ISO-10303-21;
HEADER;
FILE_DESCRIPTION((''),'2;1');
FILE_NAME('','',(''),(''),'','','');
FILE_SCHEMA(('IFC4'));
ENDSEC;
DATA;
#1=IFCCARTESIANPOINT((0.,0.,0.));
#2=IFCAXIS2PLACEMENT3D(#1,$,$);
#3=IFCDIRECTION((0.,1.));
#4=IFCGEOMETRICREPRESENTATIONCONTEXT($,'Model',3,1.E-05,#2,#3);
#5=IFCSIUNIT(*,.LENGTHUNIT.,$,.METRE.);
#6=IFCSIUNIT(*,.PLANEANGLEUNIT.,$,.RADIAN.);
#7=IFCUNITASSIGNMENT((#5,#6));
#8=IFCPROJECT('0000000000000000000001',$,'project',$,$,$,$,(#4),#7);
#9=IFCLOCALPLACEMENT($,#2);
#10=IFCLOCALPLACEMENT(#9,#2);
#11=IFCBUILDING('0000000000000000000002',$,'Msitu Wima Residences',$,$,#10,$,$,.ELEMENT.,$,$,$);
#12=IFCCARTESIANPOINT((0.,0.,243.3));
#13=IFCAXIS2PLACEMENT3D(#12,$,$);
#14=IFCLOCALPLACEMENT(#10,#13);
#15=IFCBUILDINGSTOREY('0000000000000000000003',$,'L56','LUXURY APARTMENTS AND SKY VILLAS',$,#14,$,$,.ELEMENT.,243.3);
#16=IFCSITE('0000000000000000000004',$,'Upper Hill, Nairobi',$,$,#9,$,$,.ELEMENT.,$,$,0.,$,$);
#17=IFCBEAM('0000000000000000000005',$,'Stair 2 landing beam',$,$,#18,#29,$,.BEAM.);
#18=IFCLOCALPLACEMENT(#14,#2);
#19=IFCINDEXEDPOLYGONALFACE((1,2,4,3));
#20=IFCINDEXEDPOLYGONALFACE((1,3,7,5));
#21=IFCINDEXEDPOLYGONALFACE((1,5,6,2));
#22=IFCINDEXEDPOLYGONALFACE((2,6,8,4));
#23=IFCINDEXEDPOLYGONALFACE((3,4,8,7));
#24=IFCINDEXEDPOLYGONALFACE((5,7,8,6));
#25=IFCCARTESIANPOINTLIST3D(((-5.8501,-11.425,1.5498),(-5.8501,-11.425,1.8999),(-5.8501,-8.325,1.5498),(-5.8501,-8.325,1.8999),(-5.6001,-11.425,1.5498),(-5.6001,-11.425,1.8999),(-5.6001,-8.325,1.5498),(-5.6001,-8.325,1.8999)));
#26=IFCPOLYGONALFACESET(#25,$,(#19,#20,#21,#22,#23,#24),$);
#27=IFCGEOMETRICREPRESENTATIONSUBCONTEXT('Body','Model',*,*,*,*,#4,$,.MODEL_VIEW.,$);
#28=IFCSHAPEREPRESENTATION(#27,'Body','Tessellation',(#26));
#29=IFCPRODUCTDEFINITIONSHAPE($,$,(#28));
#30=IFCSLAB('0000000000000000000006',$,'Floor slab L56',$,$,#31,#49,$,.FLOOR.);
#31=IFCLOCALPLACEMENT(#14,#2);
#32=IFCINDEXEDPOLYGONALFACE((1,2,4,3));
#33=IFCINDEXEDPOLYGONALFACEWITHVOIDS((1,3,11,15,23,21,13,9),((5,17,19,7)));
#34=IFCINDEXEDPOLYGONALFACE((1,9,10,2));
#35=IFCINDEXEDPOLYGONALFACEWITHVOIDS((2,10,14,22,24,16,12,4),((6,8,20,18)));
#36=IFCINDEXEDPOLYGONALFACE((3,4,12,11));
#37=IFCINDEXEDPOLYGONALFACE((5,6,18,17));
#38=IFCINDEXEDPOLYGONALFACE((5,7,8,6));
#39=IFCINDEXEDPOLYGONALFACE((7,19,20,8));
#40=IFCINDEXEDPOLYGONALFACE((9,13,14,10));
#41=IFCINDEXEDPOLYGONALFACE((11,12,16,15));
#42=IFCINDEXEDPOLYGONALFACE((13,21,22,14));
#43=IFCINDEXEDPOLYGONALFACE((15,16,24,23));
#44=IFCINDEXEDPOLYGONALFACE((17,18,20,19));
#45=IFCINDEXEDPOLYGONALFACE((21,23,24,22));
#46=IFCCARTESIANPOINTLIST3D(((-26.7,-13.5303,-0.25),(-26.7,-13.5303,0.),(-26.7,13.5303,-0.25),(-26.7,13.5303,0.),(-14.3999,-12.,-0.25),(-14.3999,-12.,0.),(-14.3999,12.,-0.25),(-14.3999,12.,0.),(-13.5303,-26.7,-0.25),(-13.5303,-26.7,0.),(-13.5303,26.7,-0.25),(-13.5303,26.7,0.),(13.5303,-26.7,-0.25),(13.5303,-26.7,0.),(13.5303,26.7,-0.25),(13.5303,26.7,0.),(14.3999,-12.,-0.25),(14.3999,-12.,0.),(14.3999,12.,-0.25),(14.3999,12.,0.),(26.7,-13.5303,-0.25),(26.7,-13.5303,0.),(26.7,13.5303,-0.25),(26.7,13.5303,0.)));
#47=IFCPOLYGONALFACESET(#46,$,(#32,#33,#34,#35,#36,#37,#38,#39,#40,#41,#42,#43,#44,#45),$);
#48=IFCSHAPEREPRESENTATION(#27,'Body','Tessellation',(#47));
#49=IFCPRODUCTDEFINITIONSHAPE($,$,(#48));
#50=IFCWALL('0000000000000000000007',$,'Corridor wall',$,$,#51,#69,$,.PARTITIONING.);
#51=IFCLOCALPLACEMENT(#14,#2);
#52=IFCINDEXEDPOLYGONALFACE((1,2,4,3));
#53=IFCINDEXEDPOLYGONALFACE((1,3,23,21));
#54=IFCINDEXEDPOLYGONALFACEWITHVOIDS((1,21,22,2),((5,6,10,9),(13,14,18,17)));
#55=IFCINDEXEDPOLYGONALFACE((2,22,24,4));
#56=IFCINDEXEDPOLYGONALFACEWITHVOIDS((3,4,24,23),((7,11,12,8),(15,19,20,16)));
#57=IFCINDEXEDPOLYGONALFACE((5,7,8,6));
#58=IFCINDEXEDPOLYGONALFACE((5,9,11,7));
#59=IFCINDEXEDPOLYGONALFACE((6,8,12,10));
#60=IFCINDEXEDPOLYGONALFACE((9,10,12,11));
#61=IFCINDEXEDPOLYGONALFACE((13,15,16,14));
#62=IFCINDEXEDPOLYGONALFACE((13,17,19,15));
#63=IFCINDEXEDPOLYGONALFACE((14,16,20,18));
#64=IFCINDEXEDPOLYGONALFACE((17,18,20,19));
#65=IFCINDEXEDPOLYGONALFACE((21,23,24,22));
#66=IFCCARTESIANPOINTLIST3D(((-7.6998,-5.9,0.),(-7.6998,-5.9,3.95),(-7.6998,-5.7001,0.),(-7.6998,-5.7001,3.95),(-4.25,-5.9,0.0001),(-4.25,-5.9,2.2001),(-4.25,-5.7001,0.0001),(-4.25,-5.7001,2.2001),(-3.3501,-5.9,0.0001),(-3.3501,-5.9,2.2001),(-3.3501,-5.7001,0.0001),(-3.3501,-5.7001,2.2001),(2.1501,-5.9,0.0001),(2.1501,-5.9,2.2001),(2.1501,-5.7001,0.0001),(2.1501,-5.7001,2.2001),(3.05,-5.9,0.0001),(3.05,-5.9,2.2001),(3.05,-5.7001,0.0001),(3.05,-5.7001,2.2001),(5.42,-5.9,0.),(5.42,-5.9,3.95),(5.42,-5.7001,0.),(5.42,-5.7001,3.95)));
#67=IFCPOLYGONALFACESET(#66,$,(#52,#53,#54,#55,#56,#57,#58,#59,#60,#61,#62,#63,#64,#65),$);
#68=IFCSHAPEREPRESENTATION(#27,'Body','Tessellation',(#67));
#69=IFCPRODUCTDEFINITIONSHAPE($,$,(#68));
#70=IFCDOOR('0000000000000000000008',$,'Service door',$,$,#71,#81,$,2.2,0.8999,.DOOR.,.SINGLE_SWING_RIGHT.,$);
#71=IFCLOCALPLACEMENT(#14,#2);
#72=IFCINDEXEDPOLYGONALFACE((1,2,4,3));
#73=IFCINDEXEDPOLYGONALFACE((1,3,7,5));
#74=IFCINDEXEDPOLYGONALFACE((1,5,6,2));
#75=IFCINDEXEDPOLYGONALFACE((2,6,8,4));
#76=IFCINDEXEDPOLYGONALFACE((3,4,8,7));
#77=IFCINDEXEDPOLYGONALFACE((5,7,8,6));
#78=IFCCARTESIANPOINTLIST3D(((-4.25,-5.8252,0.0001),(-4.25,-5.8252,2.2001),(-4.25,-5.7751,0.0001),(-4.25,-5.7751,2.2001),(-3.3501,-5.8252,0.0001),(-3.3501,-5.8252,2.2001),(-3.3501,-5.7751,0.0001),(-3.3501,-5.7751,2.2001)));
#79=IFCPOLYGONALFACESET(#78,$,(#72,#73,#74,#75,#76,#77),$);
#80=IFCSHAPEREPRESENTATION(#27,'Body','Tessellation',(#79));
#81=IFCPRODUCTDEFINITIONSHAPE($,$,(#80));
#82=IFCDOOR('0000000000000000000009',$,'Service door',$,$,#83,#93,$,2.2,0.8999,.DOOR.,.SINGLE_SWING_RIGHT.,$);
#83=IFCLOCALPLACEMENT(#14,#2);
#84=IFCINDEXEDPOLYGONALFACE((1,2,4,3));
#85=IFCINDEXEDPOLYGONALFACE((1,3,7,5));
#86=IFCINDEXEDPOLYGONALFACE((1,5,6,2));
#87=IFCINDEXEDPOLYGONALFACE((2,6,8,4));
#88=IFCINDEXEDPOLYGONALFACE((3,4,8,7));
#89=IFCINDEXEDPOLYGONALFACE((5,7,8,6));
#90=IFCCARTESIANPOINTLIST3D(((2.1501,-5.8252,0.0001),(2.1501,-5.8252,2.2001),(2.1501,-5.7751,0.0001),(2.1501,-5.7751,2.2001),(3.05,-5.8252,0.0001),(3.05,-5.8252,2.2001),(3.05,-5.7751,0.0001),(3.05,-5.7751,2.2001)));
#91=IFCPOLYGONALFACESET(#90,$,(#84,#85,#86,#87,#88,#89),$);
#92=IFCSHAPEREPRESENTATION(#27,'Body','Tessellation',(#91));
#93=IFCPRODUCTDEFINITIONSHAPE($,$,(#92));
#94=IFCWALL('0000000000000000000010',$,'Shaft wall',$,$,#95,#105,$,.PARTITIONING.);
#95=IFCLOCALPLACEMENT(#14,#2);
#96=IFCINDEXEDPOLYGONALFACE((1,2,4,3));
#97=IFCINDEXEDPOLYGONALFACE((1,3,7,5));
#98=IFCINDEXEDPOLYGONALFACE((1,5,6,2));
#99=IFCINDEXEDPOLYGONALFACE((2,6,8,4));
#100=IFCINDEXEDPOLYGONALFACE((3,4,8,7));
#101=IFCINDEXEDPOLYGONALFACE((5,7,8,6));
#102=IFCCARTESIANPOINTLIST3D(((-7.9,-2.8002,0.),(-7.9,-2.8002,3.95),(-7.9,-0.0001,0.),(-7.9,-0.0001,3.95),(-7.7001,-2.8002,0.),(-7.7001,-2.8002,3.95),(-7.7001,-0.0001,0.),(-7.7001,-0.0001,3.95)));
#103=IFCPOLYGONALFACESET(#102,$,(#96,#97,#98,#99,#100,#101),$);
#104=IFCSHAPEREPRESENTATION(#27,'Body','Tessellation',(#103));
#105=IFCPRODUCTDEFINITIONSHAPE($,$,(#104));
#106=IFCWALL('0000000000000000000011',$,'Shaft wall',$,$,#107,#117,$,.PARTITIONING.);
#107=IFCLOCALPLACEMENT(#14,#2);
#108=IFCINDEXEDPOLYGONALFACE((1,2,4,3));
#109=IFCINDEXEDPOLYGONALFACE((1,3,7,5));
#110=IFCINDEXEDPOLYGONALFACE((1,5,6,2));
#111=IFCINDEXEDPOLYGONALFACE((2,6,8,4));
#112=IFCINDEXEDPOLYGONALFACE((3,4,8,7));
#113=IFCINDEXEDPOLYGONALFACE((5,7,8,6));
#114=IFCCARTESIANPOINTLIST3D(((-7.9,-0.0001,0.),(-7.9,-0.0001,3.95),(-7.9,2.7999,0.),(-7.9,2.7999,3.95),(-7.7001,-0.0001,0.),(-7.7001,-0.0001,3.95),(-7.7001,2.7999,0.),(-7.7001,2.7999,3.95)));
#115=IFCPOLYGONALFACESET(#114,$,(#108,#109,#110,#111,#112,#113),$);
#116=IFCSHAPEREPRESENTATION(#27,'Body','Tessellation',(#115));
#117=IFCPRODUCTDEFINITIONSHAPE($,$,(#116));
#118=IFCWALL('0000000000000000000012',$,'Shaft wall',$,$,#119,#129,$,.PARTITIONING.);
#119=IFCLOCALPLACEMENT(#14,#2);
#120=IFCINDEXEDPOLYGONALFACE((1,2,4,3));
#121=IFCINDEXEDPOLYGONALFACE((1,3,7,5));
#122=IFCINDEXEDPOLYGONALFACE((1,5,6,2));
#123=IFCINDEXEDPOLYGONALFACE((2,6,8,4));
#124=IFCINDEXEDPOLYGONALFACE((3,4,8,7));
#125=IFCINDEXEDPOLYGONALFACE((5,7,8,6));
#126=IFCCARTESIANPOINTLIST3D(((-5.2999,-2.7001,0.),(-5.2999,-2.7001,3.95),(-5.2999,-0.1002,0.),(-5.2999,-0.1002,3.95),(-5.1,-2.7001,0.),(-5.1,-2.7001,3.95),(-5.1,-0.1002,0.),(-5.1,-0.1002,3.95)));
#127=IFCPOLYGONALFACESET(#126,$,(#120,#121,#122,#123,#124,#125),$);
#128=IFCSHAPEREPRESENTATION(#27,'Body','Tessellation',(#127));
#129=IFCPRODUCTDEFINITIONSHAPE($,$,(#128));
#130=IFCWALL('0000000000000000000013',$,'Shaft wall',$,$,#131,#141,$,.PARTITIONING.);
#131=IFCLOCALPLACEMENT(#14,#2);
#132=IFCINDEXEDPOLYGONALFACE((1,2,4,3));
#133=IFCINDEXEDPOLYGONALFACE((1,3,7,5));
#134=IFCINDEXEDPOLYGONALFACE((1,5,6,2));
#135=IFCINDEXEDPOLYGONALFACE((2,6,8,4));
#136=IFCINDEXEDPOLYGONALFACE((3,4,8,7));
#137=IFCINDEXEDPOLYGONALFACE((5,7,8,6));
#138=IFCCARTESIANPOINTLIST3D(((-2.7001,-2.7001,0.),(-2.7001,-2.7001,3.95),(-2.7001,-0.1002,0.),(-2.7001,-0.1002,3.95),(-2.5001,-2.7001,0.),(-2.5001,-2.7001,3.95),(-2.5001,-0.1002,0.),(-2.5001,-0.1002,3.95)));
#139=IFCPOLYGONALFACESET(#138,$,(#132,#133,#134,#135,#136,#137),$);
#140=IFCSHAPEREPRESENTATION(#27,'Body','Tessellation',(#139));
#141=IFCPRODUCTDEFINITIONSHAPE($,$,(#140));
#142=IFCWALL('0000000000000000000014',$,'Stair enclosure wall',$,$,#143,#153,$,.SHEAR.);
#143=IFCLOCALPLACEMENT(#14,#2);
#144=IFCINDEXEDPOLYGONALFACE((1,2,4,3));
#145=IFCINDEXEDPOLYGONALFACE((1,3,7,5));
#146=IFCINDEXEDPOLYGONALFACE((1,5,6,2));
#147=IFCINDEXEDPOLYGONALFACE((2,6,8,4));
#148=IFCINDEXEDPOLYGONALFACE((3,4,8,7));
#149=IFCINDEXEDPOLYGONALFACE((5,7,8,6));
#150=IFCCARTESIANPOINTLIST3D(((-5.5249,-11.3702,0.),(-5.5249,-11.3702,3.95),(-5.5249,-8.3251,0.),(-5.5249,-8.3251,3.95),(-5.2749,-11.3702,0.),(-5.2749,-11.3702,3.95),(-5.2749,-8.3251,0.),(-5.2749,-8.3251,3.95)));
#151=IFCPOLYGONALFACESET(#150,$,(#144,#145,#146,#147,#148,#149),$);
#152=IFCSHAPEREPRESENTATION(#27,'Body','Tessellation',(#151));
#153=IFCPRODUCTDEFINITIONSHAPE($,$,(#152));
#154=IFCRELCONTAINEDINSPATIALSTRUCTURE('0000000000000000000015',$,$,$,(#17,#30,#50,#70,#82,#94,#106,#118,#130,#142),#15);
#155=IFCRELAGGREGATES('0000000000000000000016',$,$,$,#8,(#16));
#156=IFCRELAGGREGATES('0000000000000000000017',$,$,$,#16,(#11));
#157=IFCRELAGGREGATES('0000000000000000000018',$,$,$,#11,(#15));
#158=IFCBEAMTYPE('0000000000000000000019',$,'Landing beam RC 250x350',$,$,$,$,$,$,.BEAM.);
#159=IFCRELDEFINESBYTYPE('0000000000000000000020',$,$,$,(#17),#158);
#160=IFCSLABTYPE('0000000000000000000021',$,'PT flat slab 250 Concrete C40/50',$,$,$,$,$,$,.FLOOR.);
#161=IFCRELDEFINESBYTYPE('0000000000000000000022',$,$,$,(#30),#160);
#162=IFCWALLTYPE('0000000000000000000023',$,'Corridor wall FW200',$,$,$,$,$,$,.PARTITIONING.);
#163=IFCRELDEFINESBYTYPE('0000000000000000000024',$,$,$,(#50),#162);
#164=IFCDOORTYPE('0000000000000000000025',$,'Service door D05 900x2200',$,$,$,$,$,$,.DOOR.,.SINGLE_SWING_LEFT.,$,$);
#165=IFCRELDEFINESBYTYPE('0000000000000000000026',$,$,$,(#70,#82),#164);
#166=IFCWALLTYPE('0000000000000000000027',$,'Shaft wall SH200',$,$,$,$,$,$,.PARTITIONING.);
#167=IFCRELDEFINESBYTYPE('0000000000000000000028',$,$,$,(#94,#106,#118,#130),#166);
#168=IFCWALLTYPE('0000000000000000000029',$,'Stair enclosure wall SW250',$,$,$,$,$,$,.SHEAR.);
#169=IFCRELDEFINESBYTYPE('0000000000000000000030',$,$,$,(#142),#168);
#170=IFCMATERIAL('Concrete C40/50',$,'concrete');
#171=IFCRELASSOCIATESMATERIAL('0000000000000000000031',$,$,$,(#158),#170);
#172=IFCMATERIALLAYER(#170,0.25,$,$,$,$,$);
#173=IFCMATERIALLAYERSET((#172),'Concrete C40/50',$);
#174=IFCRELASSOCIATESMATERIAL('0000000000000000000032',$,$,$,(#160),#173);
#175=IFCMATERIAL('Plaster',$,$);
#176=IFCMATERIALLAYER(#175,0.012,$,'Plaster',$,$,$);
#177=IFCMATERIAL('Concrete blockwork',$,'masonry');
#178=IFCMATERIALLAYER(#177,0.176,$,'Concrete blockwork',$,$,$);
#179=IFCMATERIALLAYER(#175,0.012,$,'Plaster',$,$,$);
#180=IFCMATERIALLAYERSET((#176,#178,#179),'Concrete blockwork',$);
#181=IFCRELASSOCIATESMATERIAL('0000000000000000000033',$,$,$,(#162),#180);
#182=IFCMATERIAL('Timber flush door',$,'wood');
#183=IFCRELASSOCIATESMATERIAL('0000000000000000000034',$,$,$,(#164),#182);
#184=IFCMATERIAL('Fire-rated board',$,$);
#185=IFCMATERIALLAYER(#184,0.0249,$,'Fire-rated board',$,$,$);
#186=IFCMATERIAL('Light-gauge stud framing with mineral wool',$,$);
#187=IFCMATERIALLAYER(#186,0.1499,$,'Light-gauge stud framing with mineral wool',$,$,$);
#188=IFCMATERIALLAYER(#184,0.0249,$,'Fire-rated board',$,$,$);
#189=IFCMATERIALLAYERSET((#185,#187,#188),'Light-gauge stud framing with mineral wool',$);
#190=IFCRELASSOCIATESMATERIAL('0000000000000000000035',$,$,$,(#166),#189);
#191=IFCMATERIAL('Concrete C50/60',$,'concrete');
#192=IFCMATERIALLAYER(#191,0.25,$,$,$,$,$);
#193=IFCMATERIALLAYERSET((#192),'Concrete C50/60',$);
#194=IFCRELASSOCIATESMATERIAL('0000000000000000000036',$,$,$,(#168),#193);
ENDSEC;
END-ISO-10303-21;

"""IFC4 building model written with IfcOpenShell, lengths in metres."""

from ifc_helpers import new_model, si_unit, direction, frame, frame_2d, origin, origin_2d, place, context, subcontext, project, spatial, polyline, rectangle, outline, extrude, material, layer, layer_set, material_profile, profile_set, type_object, element, fill, save


model = new_model("IFC4")

# Units and contexts
model_context = context("Model", 3, precision=1e-05, world=origin(), true_north=direction((0.0, 1.0)))
body_context = subcontext(model_context, "Body", "Model", "MODEL_VIEW")
ifc_project = project(units=[si_unit("LENGTHUNIT", "METRE"), si_unit("PLANEANGLEUNIT", "RADIAN")], contexts=[model_context])

# Site, building, storey
site_placement = place(None, origin())
site = spatial("IfcSite", under=ifc_project, at=site_placement, Name="Upper Hill, Nairobi", CompositionType="ELEMENT", RefElevation=0.0)
building_placement = place(site_placement, origin())
building = spatial("IfcBuilding", under=site, at=building_placement, Name="Msitu Wima Residences", CompositionType="ELEMENT")
storey_placement = place(building_placement, frame((0.0, 0.0, 243.3)))
storey = spatial("IfcBuildingStorey", under=building, at=storey_placement, Name="L56", Description="LUXURY APARTMENTS AND SKY VILLAS", CompositionType="ELEMENT", Elevation=243.3)

# Beam
ifc_material_1 = material(Name="Concrete C40/50", Category="concrete")
ifc_material_profile = material_profile(ifc_material_1, rectangle(XDim=0.25, YDim=0.3501, at=origin_2d()), Name="RC 250x350")
ifc_profile_set = profile_set([ifc_material_profile], Name="Concrete C40/50")
beam_type = type_object("IfcBeamType", Name="Landing beam RC 250x350", PredefinedType="BEAM", material=ifc_profile_set)
beam_placement = place(storey_placement, frame((-5.7251, -11.425, 1.7249), z_axis=(0.0, 1.0, 0.0), x_axis=(-1.0, 0.0, 0.0)))
element("IfcBeam", 1, at=beam_placement, inside=storey, type_object=beam_type, Name="Stair 2 landing beam", PredefinedType="BEAM", context=body_context, shape_type="SweptSolid", body=[
    extrude(rectangle(XDim=0.25, YDim=0.3501, at=origin_2d()), origin(), (0.0, 0.0, 1.0), 3.1001),
])

# Slab
ifc_layer_1 = layer(ifc_material_1, 0.25)
ifc_layer_set_1 = layer_set([ifc_layer_1], Name="Concrete C40/50")
slab_type = type_object("IfcSlabType", Name="PT flat slab 250 Concrete C40/50", PredefinedType="FLOOR", material=ifc_layer_set_1)
slab_placement = place(storey_placement, frame((0.0, 0.0, -0.25)))
element("IfcSlab", 2, at=slab_placement, inside=storey, type_object=slab_type, Name="Floor slab L56", PredefinedType="FLOOR", context=body_context, shape_type="SweptSolid", body=[
    extrude(outline(polyline([(26.7, -13.5303), (13.5303, -26.7), (-13.5303, -26.7), (-26.7, -13.5303), (-26.7, 13.5303), (-13.5303, 26.7), (13.5303, 26.7), (26.7, 13.5303), (26.7, -13.5303)]), holes=[polyline([(-14.3999, -12.0), (14.3999, -12.0), (14.3999, 12.0), (-14.3999, 12.0), (-14.3999, -12.0)])]), origin(), (0.0, 0.0, 1.0), 0.25),
])

# Shared definitions
ifc_material_2 = material(Name="Plaster")
ifc_layer_2 = layer(ifc_material_2, 0.012, Name="Plaster")
ifc_material_3 = material(Name="Concrete blockwork", Category="masonry")
ifc_layer_3 = layer(ifc_material_3, 0.176, Name="Concrete blockwork")
ifc_layer_4 = layer(ifc_material_2, 0.012, Name="Plaster")
ifc_layer_set_2 = layer_set([ifc_layer_2, ifc_layer_3, ifc_layer_4], Name="Concrete blockwork")
wall_type_1 = type_object("IfcWallType", Name="Corridor wall FW200", PredefinedType="PARTITIONING", material=ifc_layer_set_2)

# Wall, openings, doors
wall_1_placement = place(storey_placement, frame((-7.7, -5.8, 0.0), z_axis=(0.0, 0.0, 1.0), x_axis=(1.0, 0.0, 0.0)))
wall_1 = element("IfcWall", 3, at=wall_1_placement, inside=storey, type_object=wall_type_1, Name="Corridor wall", PredefinedType="PARTITIONING", context=body_context, shape_type="SweptSolid", body=[
    extrude(rectangle(XDim=13.1199, YDim=0.2, at=frame_2d((6.5601, 0.0))), origin(), (0.0, 0.0, 1.0), 3.95),
])
opening_1_placement = place(wall_1_placement, frame((3.45, 0.0, 0.0)))
opening_1 = element("IfcOpeningElement", 4, at=opening_1_placement, cuts=wall_1, PredefinedType="OPENING", context=body_context, shape_type="SweptSolid", body=[
    extrude(rectangle(XDim=0.8999, YDim=2.2, at=frame_2d((0.45, 1.1001))), frame((0.0, 0.1099, 0.0), z_axis=(0.0, -1.0, 0.0), x_axis=(1.0, 0.0, 0.0)), (0.0, 0.0, 1.0), 0.22),
])
opening_2_placement = place(wall_1_placement, frame((9.8501, 0.0, 0.0)))
opening_2 = element("IfcOpeningElement", 5, at=opening_2_placement, cuts=wall_1, PredefinedType="OPENING", context=body_context, shape_type="SweptSolid", body=[
    extrude(rectangle(XDim=0.8999, YDim=2.2, at=frame_2d((0.45, 1.1001))), frame((0.0, 0.1099, 0.0), z_axis=(0.0, -1.0, 0.0), x_axis=(1.0, 0.0, 0.0)), (0.0, 0.0, 1.0), 0.22),
])
ifc_material_4 = material(Name="Timber flush door", Category="wood")
door_type_1 = type_object("IfcDoorType", Name="Service door D05 900x2200", OperationType="SINGLE_SWING_LEFT", PredefinedType="DOOR", material=ifc_material_4)
door_1_placement = place(opening_1_placement, origin())
door_1 = element("IfcDoor", 6, at=door_1_placement, inside=storey, type_object=door_type_1, Name="Service door", OperationType="SINGLE_SWING_RIGHT", OverallHeight=2.2, OverallWidth=0.8999, PredefinedType="DOOR", context=body_context, shape_type="SweptSolid", body=[
    extrude(rectangle(XDim=0.8999, YDim=2.2, at=frame_2d((0.45, 1.1001))), frame((0.0, 0.0249, 0.0), z_axis=(0.0, -1.0, 0.0), x_axis=(1.0, 0.0, 0.0)), (0.0, 0.0, 1.0), 0.05),
])
fill(opening_1, door_1)
door_2_placement = place(opening_2_placement, origin())
door_2 = element("IfcDoor", 7, at=door_2_placement, inside=storey, type_object=door_type_1, Name="Service door", OperationType="SINGLE_SWING_RIGHT", OverallHeight=2.2, OverallWidth=0.8999, PredefinedType="DOOR", context=body_context, shape_type="SweptSolid", body=[
    extrude(rectangle(XDim=0.8999, YDim=2.2, at=frame_2d((0.45, 1.1001))), frame((0.0, 0.0249, 0.0), z_axis=(0.0, -1.0, 0.0), x_axis=(1.0, 0.0, 0.0)), (0.0, 0.0, 1.0), 0.05),
])
fill(opening_2, door_2)

# Walls
ifc_material_5 = material(Name="Fire-rated board")
ifc_layer_5 = layer(ifc_material_5, 0.0249, Name="Fire-rated board")
ifc_material_6 = material(Name="Light-gauge stud framing with mineral wool")
ifc_layer_6 = layer(ifc_material_6, 0.1499, Name="Light-gauge stud framing with mineral wool")
ifc_layer_7 = layer(ifc_material_5, 0.0249, Name="Fire-rated board")
ifc_layer_set_3 = layer_set([ifc_layer_5, ifc_layer_6, ifc_layer_7], Name="Light-gauge stud framing with mineral wool")
wall_type_2 = type_object("IfcWallType", Name="Shaft wall SH200", PredefinedType="PARTITIONING", material=ifc_layer_set_3)
for number, where, z_axis, x_axis, name in (
    (8, (-7.8, -2.8, 0.0), (0.0, 0.0, 1.0), (0.0, 1.0, 0.0), "Shaft wall"),
    (9, (-7.8, 0.0, 0.0), (0.0, 0.0, 1.0), (0.0, 1.0, 0.0), "Shaft wall"),
):
    element("IfcWall", number, at=place(storey_placement, frame(where, z_axis=z_axis, x_axis=x_axis)), inside=storey, type_object=wall_type_2, Name=name, PredefinedType="PARTITIONING", context=body_context, shape_type="SweptSolid", body=[
        extrude(rectangle(XDim=2.8, YDim=0.2, at=frame_2d((1.3999, 0.0))), origin(), (0.0, 0.0, 1.0), 3.95),
    ])
for number, where, z_axis, x_axis, name in (
    (10, (-5.2, -2.7, 0.0), (0.0, 0.0, 1.0), (0.0, 1.0, 0.0), "Shaft wall"),
    (11, (-2.6001, -2.7, 0.0), (0.0, 0.0, 1.0), (0.0, 1.0, 0.0), "Shaft wall"),
):
    element("IfcWall", number, at=place(storey_placement, frame(where, z_axis=z_axis, x_axis=x_axis)), inside=storey, type_object=wall_type_2, Name=name, PredefinedType="PARTITIONING", context=body_context, shape_type="SweptSolid", body=[
        extrude(rectangle(XDim=2.5999, YDim=0.2, at=frame_2d((1.2998, 0.0))), origin(), (0.0, 0.0, 1.0), 3.95),
    ])
ifc_material_7 = material(Name="Concrete C50/60", Category="concrete")
ifc_layer_8 = layer(ifc_material_7, 0.25)
ifc_layer_set_4 = layer_set([ifc_layer_8], Name="Concrete C50/60")
wall_type_3 = type_object("IfcWallType", Name="Stair enclosure wall SW250", PredefinedType="SHEAR", material=ifc_layer_set_4)
wall_2_placement = place(storey_placement, frame((-5.3999, -11.3701, 0.0), z_axis=(0.0, 0.0, 1.0), x_axis=(0.0, 1.0, 0.0)))
element("IfcWall", 12, at=wall_2_placement, inside=storey, type_object=wall_type_3, Name="Stair enclosure wall", PredefinedType="SHEAR", context=body_context, shape_type="SweptSolid", body=[
    extrude(rectangle(XDim=3.0452, YDim=0.25, at=frame_2d((1.5225, 0.0))), origin(), (0.0, 0.0, 1.0), 3.95),
])

save(model, "model.ifc")
